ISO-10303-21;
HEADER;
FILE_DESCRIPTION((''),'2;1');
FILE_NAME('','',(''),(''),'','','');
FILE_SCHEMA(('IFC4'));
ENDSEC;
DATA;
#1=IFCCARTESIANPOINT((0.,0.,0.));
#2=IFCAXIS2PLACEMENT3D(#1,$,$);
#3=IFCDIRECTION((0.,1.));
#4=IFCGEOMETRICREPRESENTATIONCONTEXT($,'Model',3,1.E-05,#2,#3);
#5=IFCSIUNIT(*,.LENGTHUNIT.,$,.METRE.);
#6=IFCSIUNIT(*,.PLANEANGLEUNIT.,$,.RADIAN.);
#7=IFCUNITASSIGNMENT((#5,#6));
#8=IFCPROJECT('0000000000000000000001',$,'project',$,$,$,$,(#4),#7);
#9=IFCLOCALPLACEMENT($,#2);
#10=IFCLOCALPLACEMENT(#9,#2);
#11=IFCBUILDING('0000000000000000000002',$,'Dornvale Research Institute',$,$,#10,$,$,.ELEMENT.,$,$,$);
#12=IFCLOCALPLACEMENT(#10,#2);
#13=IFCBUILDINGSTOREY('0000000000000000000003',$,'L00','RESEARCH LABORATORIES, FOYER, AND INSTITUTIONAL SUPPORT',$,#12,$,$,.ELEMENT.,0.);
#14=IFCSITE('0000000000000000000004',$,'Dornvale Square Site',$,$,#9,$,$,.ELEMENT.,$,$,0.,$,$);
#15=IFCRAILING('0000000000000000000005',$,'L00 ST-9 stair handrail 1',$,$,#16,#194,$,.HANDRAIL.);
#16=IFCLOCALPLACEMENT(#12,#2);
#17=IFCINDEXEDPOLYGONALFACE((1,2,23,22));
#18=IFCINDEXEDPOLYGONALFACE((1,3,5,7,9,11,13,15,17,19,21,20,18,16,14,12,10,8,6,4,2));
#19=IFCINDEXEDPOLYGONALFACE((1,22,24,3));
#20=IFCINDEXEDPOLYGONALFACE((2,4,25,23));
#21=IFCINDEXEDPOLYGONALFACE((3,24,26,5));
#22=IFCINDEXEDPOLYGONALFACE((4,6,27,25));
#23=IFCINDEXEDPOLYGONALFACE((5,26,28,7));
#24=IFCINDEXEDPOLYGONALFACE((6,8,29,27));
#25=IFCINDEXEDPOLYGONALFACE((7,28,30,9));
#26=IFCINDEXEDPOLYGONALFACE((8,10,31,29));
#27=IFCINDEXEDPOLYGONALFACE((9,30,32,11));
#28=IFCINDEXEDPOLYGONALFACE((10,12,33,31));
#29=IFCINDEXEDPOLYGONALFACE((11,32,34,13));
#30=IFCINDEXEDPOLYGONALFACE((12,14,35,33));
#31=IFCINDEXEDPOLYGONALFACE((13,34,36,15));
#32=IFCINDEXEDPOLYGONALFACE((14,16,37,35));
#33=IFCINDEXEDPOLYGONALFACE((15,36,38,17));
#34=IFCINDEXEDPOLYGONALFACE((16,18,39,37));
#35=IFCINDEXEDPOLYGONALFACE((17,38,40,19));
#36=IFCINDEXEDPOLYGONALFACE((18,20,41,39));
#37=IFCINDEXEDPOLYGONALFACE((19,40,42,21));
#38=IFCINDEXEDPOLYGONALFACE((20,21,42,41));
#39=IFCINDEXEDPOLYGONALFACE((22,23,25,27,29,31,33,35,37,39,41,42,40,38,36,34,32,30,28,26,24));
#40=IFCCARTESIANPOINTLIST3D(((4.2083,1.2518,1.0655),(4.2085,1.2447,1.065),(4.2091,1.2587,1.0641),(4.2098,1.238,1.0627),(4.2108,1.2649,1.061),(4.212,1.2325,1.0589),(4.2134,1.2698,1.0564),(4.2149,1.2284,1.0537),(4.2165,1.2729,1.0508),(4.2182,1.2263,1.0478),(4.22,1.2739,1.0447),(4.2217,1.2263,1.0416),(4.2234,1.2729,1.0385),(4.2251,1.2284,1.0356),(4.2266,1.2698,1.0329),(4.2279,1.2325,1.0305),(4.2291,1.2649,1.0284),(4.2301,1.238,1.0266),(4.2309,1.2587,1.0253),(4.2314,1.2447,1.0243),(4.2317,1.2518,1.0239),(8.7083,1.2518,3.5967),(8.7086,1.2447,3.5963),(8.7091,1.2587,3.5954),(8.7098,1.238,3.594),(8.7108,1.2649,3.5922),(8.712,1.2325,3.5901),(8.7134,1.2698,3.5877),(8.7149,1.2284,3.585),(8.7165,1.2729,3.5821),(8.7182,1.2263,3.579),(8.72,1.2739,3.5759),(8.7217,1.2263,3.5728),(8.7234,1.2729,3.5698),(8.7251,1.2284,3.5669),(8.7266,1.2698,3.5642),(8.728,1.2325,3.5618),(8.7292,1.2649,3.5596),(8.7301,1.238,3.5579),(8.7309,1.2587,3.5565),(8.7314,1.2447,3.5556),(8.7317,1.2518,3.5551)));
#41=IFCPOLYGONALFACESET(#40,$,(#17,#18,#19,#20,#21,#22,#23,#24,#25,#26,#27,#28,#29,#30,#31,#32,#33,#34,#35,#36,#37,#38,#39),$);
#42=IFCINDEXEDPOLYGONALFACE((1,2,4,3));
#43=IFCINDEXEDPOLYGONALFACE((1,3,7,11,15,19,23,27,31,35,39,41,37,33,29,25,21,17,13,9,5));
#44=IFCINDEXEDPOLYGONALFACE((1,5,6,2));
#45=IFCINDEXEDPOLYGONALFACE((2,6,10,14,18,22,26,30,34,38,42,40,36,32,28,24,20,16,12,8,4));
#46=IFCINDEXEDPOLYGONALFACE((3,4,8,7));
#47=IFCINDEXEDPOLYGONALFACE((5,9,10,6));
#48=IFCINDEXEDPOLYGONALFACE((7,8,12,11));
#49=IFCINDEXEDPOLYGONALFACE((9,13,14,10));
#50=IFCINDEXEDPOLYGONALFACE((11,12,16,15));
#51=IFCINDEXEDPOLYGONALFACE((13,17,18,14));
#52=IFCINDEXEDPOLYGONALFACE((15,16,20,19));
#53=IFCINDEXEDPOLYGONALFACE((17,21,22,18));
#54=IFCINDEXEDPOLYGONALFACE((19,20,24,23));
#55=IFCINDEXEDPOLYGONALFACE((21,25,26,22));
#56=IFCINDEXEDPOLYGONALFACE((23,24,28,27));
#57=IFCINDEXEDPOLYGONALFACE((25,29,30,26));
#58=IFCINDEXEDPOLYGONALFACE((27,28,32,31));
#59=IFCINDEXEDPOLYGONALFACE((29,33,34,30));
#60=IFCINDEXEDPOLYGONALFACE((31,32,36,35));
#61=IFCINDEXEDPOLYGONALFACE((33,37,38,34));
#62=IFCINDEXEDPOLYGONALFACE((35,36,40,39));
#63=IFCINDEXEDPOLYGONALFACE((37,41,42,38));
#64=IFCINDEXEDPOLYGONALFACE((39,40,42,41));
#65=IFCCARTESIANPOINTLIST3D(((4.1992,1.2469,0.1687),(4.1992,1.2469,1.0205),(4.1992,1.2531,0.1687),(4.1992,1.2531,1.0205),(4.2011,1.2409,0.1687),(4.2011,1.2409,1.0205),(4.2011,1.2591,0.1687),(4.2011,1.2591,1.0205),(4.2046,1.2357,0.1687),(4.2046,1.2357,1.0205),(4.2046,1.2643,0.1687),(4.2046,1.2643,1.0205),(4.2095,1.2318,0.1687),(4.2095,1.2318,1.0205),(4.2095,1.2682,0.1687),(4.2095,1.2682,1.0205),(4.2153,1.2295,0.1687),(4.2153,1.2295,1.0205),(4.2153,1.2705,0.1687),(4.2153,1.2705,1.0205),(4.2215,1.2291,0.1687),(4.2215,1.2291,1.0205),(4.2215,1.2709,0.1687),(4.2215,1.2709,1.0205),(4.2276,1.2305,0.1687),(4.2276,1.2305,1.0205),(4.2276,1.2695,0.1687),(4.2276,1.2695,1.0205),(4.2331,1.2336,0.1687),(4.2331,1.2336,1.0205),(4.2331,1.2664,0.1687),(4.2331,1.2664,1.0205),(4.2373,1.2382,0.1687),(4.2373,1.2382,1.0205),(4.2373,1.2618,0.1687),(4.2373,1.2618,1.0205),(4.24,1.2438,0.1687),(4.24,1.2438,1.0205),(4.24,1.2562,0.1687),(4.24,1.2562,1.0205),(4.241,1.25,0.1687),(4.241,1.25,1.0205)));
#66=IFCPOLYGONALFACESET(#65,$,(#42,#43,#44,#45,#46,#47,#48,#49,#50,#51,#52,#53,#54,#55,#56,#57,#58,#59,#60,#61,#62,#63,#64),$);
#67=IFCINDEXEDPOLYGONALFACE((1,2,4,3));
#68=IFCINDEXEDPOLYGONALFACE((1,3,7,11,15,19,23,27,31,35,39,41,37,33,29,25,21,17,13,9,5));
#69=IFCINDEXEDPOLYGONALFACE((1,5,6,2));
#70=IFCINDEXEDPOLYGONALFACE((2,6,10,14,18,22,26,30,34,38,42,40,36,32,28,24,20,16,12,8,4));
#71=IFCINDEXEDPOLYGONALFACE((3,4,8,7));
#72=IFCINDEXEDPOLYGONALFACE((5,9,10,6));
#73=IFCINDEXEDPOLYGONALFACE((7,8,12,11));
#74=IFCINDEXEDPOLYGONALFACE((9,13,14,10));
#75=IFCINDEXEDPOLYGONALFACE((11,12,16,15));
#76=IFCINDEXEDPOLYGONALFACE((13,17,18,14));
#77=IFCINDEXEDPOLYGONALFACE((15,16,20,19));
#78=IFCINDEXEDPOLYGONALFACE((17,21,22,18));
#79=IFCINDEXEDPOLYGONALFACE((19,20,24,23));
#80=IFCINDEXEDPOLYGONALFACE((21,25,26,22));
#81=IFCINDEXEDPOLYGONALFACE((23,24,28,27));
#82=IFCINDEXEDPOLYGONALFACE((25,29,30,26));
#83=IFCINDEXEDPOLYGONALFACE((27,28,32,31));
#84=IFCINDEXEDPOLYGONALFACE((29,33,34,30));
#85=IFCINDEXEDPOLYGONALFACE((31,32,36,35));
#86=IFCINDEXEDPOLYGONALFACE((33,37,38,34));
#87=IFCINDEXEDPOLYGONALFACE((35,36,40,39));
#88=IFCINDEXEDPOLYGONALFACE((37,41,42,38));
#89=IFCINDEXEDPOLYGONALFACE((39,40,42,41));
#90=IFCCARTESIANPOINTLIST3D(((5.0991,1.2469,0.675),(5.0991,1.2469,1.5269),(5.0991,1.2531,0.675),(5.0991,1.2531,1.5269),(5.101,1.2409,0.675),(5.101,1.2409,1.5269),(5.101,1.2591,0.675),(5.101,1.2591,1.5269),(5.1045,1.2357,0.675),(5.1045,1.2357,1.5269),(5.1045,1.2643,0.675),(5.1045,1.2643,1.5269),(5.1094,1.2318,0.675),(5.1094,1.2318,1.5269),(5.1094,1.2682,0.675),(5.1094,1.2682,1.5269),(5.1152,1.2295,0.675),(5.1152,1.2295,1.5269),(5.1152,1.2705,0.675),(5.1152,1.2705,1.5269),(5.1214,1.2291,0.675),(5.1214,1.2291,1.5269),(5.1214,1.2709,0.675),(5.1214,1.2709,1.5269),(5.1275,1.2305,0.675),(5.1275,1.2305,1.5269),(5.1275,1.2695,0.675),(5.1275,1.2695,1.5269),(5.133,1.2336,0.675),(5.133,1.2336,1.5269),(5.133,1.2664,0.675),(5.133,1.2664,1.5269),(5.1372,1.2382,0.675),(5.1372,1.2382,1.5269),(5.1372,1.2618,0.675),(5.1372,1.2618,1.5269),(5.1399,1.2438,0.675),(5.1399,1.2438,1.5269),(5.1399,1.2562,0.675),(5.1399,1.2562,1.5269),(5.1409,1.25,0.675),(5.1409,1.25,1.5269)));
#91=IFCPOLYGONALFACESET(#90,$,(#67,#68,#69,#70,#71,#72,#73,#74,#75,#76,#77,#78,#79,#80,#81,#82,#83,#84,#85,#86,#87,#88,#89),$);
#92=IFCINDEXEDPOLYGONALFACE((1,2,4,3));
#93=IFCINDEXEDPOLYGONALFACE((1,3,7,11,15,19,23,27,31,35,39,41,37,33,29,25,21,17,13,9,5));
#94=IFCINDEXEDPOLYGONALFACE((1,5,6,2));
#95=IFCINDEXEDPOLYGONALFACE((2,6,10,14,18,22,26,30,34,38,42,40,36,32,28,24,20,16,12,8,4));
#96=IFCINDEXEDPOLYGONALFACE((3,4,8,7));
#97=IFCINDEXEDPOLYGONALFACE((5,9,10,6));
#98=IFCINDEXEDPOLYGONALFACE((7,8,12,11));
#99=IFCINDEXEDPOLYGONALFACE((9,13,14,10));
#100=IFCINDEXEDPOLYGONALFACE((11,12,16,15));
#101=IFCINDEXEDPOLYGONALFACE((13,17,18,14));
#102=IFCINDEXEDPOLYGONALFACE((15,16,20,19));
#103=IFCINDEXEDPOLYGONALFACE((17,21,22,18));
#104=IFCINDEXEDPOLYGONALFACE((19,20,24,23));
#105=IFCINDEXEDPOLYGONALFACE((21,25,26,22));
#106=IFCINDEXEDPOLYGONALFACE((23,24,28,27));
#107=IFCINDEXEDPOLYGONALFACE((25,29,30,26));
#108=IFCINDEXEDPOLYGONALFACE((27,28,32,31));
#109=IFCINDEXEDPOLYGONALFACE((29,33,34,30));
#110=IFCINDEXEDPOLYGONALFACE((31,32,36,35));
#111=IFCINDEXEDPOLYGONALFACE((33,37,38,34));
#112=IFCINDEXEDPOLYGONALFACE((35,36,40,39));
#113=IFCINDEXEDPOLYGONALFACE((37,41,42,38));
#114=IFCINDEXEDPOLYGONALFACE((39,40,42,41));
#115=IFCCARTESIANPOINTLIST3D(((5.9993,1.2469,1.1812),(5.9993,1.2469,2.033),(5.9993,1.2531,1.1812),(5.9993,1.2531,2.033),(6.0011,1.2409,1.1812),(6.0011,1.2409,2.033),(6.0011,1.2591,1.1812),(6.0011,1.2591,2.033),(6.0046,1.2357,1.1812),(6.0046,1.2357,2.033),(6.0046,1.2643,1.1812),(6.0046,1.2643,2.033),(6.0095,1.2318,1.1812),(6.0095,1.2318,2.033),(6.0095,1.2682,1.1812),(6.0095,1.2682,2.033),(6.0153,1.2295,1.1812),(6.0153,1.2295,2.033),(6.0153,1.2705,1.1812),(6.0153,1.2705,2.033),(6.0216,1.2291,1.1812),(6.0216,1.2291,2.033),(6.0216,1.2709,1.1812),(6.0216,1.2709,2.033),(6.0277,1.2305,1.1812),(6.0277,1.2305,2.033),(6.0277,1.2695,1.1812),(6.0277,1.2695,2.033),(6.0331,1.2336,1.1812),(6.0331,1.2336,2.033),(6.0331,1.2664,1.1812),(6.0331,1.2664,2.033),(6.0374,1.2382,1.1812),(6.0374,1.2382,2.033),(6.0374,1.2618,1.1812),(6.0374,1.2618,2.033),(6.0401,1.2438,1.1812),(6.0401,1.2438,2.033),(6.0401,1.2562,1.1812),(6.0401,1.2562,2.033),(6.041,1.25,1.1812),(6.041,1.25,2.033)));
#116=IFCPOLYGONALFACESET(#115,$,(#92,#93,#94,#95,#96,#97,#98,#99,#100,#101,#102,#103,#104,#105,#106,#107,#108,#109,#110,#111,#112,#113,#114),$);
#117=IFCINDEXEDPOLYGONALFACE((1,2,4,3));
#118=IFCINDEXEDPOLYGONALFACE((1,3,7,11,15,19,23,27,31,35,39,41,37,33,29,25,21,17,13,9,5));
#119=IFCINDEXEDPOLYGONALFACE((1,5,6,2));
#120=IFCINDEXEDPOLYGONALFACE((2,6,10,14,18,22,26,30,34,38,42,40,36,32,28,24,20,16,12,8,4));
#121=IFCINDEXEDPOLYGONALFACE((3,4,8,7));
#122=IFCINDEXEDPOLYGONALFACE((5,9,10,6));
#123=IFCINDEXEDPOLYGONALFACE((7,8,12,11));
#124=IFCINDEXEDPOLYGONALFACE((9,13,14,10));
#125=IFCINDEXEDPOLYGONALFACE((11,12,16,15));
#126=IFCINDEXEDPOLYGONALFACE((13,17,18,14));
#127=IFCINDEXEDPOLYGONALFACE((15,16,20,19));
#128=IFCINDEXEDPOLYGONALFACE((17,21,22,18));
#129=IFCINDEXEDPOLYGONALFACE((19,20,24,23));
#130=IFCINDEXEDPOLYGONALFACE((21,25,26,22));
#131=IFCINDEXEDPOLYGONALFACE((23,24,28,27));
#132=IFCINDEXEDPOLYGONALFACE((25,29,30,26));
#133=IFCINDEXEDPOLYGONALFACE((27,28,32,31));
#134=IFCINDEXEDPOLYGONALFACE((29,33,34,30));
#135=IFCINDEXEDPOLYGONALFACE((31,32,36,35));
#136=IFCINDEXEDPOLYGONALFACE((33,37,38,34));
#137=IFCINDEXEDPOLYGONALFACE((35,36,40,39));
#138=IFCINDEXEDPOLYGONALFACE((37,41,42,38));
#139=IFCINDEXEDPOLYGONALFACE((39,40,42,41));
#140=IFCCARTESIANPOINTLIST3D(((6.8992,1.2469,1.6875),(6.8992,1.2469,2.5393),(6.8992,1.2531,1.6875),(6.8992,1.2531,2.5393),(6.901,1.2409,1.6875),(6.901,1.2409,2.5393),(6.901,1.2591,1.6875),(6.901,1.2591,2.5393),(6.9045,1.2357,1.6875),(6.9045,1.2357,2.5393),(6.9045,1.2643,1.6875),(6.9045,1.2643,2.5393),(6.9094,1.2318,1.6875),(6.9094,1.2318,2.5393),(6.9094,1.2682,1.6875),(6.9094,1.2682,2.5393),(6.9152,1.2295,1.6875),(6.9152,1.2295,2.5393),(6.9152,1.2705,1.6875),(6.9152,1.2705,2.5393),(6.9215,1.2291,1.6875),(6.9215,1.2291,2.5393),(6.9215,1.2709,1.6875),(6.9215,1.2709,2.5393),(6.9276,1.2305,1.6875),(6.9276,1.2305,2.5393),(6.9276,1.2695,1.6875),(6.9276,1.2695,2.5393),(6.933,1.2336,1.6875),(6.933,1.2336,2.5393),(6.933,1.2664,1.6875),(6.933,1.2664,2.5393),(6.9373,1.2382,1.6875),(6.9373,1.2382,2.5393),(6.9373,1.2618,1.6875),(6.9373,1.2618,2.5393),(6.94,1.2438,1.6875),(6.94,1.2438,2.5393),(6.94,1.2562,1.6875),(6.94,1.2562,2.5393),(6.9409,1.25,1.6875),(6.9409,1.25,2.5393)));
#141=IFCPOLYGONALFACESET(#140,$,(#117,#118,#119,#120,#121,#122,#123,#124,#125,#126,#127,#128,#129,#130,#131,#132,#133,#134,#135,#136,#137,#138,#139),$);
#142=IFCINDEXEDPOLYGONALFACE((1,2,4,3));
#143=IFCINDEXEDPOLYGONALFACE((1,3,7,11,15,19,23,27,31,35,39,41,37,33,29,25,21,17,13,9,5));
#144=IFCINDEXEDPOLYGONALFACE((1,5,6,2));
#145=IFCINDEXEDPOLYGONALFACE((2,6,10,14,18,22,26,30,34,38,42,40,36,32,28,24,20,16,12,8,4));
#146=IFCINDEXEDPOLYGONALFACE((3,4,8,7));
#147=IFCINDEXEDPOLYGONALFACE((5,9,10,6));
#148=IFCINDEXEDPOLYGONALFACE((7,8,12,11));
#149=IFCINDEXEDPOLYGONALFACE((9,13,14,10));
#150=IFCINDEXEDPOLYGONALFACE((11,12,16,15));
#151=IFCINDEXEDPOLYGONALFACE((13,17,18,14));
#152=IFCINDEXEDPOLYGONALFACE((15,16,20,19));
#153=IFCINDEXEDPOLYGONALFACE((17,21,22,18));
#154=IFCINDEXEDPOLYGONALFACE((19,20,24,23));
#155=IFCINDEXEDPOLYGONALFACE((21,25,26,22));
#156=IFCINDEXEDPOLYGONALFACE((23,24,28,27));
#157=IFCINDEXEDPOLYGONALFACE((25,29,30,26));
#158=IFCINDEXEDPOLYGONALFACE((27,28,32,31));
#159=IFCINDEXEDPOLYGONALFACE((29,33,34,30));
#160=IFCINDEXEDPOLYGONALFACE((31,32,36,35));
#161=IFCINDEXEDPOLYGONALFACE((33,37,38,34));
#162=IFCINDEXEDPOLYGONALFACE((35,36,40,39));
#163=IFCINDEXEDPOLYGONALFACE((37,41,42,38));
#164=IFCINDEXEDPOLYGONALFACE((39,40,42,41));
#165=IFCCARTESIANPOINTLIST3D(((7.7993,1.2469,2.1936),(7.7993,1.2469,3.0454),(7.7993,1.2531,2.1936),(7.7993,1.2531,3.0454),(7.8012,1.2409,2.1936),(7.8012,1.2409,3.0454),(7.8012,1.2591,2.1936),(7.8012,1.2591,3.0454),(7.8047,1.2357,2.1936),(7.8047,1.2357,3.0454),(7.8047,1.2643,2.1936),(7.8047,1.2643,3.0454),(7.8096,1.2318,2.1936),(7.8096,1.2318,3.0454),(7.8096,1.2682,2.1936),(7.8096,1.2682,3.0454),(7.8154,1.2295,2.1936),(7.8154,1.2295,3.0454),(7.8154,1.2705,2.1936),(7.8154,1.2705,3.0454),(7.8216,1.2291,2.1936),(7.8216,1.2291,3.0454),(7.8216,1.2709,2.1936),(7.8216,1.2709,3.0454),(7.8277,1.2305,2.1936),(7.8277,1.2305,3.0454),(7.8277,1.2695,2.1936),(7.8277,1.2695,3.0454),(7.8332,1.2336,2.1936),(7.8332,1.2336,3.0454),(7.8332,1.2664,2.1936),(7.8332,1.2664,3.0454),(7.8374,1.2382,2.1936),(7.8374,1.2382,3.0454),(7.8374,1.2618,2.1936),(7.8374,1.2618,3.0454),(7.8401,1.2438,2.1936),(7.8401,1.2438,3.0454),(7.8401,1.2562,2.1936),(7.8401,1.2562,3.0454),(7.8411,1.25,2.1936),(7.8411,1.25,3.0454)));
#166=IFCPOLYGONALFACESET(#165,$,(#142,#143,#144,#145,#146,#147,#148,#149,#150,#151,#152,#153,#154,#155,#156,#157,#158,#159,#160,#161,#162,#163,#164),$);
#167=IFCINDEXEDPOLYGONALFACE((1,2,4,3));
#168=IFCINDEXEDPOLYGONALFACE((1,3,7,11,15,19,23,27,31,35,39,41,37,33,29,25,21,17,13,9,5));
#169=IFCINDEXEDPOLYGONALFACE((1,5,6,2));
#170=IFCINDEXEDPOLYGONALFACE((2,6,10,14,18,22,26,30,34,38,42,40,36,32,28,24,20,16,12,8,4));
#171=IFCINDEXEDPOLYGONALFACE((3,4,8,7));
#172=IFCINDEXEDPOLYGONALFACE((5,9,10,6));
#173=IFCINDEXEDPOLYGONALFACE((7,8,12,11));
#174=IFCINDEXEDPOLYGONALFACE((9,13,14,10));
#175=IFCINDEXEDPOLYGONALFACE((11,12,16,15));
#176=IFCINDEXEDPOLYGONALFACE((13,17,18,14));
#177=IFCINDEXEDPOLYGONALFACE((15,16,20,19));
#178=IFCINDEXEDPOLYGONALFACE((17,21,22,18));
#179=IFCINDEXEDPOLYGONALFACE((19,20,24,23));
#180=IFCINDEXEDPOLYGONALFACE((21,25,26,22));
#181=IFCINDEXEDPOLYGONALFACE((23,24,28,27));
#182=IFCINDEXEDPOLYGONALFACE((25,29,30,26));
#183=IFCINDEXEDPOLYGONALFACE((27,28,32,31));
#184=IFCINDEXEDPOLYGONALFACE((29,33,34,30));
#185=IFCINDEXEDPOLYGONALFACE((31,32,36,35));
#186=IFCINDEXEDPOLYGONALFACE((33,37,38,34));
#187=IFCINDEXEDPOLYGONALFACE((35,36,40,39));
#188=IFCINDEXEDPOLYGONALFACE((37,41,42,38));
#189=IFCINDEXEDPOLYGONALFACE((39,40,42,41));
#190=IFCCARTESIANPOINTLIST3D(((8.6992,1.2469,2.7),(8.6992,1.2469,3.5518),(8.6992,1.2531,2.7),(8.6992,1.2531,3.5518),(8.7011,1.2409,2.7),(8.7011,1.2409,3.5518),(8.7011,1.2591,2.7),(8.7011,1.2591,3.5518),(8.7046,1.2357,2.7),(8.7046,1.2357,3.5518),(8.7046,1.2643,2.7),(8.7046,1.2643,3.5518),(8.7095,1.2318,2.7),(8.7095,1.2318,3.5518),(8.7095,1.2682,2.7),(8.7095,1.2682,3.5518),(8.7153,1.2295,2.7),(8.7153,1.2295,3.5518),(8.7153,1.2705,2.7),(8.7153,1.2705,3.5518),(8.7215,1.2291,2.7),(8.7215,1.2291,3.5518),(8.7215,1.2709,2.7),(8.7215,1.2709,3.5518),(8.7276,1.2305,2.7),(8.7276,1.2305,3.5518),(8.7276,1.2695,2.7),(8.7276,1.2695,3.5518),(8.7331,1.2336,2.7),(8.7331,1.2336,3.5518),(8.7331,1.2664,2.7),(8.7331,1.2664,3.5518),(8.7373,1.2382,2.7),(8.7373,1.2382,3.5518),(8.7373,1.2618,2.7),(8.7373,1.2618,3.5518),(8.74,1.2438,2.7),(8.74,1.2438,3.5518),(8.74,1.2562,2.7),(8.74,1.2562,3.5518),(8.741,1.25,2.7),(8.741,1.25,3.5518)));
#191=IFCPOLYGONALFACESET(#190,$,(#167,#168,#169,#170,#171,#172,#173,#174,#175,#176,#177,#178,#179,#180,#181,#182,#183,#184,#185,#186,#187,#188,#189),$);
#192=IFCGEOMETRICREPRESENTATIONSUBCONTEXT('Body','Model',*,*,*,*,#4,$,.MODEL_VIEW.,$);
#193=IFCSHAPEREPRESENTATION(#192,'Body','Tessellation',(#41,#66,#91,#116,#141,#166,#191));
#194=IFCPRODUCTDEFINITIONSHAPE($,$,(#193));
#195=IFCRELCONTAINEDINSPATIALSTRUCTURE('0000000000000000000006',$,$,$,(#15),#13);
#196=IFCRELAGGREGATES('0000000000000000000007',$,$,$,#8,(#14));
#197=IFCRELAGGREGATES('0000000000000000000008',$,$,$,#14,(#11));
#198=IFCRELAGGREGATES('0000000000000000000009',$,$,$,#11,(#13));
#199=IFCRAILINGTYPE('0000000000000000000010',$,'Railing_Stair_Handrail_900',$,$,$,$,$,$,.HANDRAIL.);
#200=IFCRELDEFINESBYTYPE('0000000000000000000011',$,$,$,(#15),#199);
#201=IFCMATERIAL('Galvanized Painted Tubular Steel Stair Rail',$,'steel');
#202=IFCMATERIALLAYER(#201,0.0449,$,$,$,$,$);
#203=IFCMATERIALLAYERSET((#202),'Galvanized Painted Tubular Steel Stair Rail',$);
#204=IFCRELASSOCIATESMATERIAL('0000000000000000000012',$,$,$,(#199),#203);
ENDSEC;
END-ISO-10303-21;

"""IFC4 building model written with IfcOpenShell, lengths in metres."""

from ifc_helpers import new_model, si_unit, direction, frame, origin, origin_2d, place, context, subcontext, project, spatial, circle, extrude, material, layer, layer_set, type_object, element, save


model = new_model("IFC4")

# Units and contexts
model_context = context("Model", 3, precision=1e-05, world=origin(), true_north=direction((0.0, 1.0)))
body_context = subcontext(model_context, "Body", "Model", "MODEL_VIEW")
ifc_project = project(units=[si_unit("LENGTHUNIT", "METRE"), si_unit("PLANEANGLEUNIT", "RADIAN")], contexts=[model_context])

# Site, building, storey
site_placement = place(None, origin())
site = spatial("IfcSite", under=ifc_project, at=site_placement, Name="Dornvale Square Site", CompositionType="ELEMENT", RefElevation=0.0)
building_placement = place(site_placement, origin())
building = spatial("IfcBuilding", under=site, at=building_placement, Name="Dornvale Research Institute", CompositionType="ELEMENT")
storey_placement = place(building_placement, origin())
storey = spatial("IfcBuildingStorey", under=building, at=storey_placement, Name="L00", Description="RESEARCH LABORATORIES, FOYER, AND INSTITUTIONAL SUPPORT", CompositionType="ELEMENT", Elevation=0.0)

# Railing
ifc_material_1 = material(Name="Galvanized Painted Tubular Steel Stair Rail", Category="steel")
ifc_layer_1 = layer(ifc_material_1, 0.0449)
ifc_layer_set_1 = layer_set([ifc_layer_1], Name="Galvanized Painted Tubular Steel Stair Rail")
railing_type_1 = type_object("IfcRailingType", Name="Railing_Stair_Handrail_900", PredefinedType="HANDRAIL", material=ifc_layer_set_1)
railing_1_placement = place(storey_placement, frame((4.22, 1.25, 0.1687)))
element("IfcRailing", 1, at=railing_1_placement, inside=storey, type_object=railing_type_1, Name="L00 ST-9 stair handrail 1", PredefinedType="HANDRAIL", context=body_context, shape_type="SweptSolid", body=[
    extrude(circle(Radius=0.0239, at=origin_2d()), frame((0.0, 0.0, 0.876), z_axis=(0.871576, 0.0, 0.490261), x_axis=(0.0, 1.0, 0.0)), (0.0, 0.0, 1.0), 5.1631),
    extrude(circle(Radius=0.021, at=origin_2d()), origin(), (0.0, 0.0, 1.0), 0.8518),
    extrude(circle(Radius=0.021, at=origin_2d()), frame((0.8999, 0.0, 0.5063)), (0.0, 0.0, 1.0), 0.8518),
    extrude(circle(Radius=0.021, at=origin_2d()), frame((1.8, 0.0, 1.0125)), (0.0, 0.0, 1.0), 0.8518),
    extrude(circle(Radius=0.021, at=origin_2d()), frame((2.7, 0.0, 1.5188)), (0.0, 0.0, 1.0), 0.8518),
    extrude(circle(Radius=0.021, at=origin_2d()), frame((3.6001, 0.0, 2.0249)), (0.0, 0.0, 1.0), 0.8518),
    extrude(circle(Radius=0.021, at=origin_2d()), frame((4.5, 0.0, 2.5312)), (0.0, 0.0, 1.0), 0.8518),
])

save(model, "model.ifc")
